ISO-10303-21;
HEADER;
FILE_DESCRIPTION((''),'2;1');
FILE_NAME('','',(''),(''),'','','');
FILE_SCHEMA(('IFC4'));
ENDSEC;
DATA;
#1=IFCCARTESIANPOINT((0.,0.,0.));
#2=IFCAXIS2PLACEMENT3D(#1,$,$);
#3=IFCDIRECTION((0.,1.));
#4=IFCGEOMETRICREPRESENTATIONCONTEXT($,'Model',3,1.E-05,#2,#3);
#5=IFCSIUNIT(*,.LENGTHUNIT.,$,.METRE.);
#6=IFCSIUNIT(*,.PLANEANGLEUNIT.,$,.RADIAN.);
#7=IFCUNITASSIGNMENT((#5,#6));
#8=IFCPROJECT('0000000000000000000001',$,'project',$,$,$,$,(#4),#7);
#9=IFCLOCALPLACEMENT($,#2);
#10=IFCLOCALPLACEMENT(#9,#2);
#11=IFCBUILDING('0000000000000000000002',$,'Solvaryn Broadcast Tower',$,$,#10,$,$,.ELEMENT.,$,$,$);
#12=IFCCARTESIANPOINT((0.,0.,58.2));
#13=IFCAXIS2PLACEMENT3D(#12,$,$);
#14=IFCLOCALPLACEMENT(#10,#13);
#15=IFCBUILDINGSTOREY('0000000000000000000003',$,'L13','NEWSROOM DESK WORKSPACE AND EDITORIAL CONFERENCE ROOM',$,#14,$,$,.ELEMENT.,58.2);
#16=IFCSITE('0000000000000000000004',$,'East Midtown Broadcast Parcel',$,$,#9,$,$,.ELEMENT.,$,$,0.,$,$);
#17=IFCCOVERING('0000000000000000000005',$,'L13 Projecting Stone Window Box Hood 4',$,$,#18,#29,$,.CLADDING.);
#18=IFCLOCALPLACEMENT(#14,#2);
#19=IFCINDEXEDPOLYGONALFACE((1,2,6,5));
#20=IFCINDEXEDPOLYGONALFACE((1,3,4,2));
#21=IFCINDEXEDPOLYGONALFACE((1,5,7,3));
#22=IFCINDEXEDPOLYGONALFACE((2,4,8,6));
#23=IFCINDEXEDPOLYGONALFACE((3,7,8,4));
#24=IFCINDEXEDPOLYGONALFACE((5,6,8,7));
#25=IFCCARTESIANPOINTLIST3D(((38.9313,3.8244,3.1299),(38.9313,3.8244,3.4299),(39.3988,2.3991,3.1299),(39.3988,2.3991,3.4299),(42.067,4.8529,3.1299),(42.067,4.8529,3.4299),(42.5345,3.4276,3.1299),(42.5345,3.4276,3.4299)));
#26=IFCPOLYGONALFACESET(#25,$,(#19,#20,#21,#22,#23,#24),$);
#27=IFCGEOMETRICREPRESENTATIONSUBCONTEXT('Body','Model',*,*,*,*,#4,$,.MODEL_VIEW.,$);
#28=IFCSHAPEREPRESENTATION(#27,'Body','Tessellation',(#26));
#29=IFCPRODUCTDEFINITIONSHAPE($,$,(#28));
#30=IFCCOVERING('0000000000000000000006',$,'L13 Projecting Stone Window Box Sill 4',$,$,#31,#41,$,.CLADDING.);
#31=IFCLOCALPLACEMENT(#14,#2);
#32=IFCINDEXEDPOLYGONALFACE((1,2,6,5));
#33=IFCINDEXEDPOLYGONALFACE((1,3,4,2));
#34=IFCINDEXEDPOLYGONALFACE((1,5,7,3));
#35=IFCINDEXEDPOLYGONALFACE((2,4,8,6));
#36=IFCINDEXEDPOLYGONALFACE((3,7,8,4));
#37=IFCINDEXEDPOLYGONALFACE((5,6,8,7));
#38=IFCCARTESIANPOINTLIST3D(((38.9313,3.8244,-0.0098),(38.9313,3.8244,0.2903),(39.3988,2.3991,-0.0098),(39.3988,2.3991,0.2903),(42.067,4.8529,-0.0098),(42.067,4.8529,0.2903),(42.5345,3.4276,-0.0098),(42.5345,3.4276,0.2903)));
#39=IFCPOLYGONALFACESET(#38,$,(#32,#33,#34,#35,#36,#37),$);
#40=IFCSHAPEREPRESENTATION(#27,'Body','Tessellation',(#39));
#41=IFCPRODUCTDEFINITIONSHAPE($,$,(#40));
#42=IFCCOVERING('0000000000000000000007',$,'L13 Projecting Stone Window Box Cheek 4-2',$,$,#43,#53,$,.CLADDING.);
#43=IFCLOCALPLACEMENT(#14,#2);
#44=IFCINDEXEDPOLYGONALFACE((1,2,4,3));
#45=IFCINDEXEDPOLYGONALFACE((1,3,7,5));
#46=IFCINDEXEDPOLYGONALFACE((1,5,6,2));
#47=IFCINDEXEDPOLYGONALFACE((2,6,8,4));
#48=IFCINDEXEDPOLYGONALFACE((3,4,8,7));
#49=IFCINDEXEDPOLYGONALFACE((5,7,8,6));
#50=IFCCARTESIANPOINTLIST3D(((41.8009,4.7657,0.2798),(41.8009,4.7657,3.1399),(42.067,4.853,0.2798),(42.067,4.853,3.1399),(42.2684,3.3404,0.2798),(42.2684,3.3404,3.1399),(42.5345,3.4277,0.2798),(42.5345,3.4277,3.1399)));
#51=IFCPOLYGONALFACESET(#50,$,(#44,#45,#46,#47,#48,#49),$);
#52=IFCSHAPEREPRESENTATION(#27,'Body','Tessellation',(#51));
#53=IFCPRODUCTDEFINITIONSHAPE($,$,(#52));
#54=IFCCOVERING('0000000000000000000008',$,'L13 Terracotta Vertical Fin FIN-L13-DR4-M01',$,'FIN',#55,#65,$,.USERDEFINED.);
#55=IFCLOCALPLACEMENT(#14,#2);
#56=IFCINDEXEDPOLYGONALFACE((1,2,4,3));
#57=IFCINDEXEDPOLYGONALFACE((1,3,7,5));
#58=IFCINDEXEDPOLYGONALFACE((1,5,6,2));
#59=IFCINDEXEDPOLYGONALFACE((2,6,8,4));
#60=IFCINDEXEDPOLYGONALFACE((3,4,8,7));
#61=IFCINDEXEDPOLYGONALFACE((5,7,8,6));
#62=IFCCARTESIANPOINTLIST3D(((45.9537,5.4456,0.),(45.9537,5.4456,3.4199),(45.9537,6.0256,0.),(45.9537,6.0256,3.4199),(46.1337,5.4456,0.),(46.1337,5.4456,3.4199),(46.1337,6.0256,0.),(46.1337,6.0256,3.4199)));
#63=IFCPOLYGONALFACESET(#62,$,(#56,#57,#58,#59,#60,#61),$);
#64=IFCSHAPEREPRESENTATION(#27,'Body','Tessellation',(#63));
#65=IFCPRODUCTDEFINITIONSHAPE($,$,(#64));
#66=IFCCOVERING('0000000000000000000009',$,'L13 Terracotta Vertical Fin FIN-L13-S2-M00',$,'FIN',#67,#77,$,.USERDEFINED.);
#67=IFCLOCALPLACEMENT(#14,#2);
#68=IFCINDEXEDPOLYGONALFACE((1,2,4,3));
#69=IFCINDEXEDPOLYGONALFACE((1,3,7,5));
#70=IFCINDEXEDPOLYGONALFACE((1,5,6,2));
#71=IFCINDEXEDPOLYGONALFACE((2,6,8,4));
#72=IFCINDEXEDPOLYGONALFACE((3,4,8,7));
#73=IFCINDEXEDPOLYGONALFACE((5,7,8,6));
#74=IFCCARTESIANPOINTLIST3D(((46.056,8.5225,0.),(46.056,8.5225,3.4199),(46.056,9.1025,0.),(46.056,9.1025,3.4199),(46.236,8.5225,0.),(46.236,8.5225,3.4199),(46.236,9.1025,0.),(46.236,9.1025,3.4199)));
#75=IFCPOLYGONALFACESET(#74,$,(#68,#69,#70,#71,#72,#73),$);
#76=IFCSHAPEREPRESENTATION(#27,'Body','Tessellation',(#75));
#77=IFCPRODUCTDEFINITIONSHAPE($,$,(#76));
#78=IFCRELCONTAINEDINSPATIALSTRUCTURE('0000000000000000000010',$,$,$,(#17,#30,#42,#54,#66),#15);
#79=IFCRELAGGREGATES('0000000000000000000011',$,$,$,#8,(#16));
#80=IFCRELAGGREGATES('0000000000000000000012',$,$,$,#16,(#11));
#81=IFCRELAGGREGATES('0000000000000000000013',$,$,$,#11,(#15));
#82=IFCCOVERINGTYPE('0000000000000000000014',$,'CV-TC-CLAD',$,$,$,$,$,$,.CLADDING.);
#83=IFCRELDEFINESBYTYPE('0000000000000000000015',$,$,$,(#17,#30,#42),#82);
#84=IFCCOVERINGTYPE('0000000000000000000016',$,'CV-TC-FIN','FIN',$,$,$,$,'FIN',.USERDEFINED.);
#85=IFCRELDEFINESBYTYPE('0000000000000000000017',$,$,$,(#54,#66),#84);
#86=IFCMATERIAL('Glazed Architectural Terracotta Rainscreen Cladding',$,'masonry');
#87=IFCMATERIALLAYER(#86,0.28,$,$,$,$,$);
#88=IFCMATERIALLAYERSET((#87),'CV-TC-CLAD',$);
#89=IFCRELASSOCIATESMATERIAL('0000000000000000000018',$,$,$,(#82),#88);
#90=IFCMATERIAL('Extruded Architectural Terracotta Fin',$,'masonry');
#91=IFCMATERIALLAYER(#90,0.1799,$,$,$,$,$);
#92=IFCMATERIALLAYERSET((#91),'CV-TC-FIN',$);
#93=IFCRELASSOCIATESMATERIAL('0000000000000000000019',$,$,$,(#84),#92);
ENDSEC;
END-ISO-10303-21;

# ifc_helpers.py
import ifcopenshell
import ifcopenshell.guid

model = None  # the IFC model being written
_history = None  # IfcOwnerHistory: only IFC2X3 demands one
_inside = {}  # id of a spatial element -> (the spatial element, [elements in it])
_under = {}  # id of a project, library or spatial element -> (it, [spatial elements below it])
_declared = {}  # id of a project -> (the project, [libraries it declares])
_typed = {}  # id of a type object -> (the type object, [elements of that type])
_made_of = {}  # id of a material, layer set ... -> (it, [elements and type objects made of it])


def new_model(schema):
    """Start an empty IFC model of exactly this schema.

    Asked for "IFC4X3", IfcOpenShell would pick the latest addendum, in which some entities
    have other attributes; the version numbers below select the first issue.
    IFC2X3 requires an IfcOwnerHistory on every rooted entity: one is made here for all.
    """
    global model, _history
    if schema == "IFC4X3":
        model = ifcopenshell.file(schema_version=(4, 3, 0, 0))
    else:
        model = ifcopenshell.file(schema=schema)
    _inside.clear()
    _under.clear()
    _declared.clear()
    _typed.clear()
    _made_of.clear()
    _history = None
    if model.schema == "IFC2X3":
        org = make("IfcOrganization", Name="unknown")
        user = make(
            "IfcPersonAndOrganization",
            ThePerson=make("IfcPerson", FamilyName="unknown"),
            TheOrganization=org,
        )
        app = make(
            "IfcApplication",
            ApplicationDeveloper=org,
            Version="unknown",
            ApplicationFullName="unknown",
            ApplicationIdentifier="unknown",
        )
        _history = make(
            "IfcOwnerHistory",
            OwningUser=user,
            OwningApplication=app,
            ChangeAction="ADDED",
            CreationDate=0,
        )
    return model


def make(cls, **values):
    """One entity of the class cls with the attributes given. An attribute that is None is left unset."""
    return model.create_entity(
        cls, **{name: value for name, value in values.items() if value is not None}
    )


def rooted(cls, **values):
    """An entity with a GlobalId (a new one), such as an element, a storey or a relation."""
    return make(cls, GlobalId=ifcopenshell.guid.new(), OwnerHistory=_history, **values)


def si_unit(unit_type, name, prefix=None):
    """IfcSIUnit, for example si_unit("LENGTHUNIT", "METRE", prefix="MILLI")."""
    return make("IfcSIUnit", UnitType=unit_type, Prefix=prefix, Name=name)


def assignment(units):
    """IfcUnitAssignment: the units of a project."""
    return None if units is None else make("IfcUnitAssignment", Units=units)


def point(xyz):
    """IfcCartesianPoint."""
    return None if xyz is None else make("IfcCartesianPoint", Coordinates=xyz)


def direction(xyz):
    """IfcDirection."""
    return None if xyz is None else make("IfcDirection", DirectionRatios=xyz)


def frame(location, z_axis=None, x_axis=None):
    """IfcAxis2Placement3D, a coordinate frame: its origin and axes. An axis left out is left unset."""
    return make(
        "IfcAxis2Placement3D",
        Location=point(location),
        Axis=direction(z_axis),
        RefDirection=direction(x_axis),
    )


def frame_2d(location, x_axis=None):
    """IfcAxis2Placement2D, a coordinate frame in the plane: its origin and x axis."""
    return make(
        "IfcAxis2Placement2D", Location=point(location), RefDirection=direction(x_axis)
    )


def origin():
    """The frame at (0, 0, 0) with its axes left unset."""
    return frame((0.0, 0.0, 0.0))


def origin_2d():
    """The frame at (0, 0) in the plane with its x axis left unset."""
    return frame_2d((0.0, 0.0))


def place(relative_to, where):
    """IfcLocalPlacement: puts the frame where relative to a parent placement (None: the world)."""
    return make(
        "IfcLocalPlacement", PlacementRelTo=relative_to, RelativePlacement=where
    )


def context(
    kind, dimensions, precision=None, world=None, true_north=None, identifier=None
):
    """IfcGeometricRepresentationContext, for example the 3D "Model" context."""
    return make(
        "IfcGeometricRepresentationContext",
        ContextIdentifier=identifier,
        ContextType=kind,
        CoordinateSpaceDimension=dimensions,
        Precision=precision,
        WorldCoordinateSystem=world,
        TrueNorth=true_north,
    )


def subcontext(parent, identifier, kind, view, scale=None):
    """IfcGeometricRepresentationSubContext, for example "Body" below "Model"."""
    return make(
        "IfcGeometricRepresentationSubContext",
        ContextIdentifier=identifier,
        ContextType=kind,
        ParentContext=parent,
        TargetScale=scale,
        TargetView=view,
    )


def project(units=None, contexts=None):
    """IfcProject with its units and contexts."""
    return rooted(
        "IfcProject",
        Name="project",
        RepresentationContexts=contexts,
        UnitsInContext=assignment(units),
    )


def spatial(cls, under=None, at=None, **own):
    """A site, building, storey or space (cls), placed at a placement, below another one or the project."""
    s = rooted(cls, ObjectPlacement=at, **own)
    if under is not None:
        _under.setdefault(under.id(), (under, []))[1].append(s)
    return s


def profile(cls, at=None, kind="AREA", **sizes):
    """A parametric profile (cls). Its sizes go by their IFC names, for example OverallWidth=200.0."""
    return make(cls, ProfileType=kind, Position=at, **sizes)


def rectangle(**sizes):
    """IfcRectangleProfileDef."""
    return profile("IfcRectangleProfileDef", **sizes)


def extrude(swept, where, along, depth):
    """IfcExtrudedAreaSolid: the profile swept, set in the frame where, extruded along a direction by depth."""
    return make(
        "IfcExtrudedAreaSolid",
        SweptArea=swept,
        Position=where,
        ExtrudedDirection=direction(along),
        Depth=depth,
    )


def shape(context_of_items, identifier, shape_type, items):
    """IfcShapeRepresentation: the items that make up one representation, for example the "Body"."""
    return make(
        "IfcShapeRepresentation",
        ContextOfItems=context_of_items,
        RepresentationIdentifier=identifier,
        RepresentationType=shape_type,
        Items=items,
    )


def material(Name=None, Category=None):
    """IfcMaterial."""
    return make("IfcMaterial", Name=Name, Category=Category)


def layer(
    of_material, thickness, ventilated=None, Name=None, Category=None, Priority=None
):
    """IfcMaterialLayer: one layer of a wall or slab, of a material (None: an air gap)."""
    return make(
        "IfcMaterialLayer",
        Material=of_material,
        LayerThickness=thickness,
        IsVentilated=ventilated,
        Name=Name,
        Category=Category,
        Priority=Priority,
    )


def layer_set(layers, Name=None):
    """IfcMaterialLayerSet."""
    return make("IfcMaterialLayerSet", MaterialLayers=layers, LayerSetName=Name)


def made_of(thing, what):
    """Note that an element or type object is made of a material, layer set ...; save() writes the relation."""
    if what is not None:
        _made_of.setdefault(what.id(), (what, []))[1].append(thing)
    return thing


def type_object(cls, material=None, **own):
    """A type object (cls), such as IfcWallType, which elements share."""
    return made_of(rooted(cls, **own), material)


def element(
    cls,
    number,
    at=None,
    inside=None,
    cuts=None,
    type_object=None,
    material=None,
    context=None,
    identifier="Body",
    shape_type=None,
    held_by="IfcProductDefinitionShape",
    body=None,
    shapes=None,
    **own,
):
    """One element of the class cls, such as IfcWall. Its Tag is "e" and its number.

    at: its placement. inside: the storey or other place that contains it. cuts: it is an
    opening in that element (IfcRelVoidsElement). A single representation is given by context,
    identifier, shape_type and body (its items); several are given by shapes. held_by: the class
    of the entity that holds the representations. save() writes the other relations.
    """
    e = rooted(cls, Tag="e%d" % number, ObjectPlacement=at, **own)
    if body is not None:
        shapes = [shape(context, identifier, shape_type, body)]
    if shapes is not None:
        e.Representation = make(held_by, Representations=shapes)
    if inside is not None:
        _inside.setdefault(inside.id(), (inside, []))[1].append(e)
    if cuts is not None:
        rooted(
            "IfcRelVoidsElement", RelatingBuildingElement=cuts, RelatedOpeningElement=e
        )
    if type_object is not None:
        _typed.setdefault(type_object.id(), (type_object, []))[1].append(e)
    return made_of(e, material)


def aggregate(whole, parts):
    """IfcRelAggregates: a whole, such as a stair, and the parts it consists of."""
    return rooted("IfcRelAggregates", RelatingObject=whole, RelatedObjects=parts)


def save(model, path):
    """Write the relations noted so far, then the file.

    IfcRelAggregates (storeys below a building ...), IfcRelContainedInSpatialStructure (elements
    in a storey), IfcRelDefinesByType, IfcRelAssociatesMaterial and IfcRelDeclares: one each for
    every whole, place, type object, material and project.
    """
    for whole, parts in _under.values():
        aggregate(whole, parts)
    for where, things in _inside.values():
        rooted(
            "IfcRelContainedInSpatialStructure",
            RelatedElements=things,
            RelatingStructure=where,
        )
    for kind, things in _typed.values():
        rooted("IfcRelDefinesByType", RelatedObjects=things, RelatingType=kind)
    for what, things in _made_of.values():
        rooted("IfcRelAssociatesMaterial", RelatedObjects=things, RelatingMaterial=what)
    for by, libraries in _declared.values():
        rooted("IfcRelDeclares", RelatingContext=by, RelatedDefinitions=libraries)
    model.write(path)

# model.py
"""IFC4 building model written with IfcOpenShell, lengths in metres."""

from ifc_helpers import new_model, si_unit, direction, frame, origin, origin_2d, place, context, subcontext, project, spatial, rectangle, extrude, material, layer, layer_set, type_object, element, save


model = new_model("IFC4")

# Units and contexts
model_context = context("Model", 3, precision=1e-05, world=origin(), true_north=direction((0.0, 1.0)))
body_context = subcontext(model_context, "Body", "Model", "MODEL_VIEW")
ifc_project = project(units=[si_unit("LENGTHUNIT", "METRE"), si_unit("PLANEANGLEUNIT", "RADIAN")], contexts=[model_context])

# Site, building, storey
site_placement = place(None, origin())
site = spatial("IfcSite", under=ifc_project, at=site_placement, Name="East Midtown Broadcast Parcel", CompositionType="ELEMENT", RefElevation=0.0)
building_placement = place(site_placement, origin())
building = spatial("IfcBuilding", under=site, at=building_placement, Name="Solvaryn Broadcast Tower", CompositionType="ELEMENT")
storey_placement = place(building_placement, frame((0.0, 0.0, 58.2)))
storey = spatial("IfcBuildingStorey", under=building, at=storey_placement, Name="L13", Description="NEWSROOM DESK WORKSPACE AND EDITORIAL CONFERENCE ROOM", CompositionType="ELEMENT", Elevation=58.2)

# Coverings
ifc_material_1 = material(Name="Glazed Architectural Terracotta Rainscreen Cladding", Category="masonry")
ifc_layer_1 = layer(ifc_material_1, 0.28)
ifc_layer_set_1 = layer_set([ifc_layer_1], Name="CV-TC-CLAD")
covering_type_1 = type_object("IfcCoveringType", Name="CV-TC-CLAD", PredefinedType="CLADDING", material=ifc_layer_set_1)
for number, where, z_axis, x_axis, name in (
    (1, (40.7329, 3.626, 3.1299), (0.0, 0.0, 1.0), (0.95019, 0.311672, 0.0), "L13 Projecting Stone Window Box Hood 4"),
    (2, (40.7329, 3.626, -0.0098), (0.0, 0.0, 1.0), (0.95019, 0.311672, 0.0), "L13 Projecting Stone Window Box Sill 4"),
):
    element("IfcCovering", number, at=place(storey_placement, frame(where, z_axis=z_axis, x_axis=x_axis)), inside=storey, type_object=covering_type_1, Name=name, PredefinedType="CLADDING", context=body_context, shape_type="SweptSolid", body=[
        extrude(rectangle(XDim=3.3, YDim=1.5, at=origin_2d()), origin(), (0.0, 0.0, 1.0), 0.3),
    ])
covering_placement = place(storey_placement, frame((42.1677, 4.0967, 0.2798), z_axis=(0.0, 0.0, 1.0), x_axis=(0.95019, 0.311672, 0.0)))
element("IfcCovering", 3, at=covering_placement, inside=storey, type_object=covering_type_1, Name="L13 Projecting Stone Window Box Cheek 4-2", PredefinedType="CLADDING", context=body_context, shape_type="SweptSolid", body=[
    extrude(rectangle(XDim=0.28, YDim=1.5, at=origin_2d()), origin(), (0.0, 0.0, 1.0), 2.8601),
])
ifc_material_2 = material(Name="Extruded Architectural Terracotta Fin", Category="masonry")
ifc_layer_2 = layer(ifc_material_2, 0.1799)
ifc_layer_set_2 = layer_set([ifc_layer_2], Name="CV-TC-FIN")
covering_type_2 = type_object("IfcCoveringType", Name="CV-TC-FIN", Description="FIN", ElementType="FIN", PredefinedType="USERDEFINED", material=ifc_layer_set_2)
for number, where, z_axis, x_axis, name in (
    (4, (46.0437, 5.7356, 0.0), (0.0, 0.0, 1.0), (1.0, 0.0, 0.0), "L13 Terracotta Vertical Fin FIN-L13-DR4-M01"),
    (5, (46.146, 8.8125, 0.0), (0.0, 0.0, 1.0), (1.0, 0.0, 0.0), "L13 Terracotta Vertical Fin FIN-L13-S2-M00"),
):
    element("IfcCovering", number, at=place(storey_placement, frame(where, z_axis=z_axis, x_axis=x_axis)), inside=storey, type_object=covering_type_2, Name=name, ObjectType="FIN", PredefinedType="USERDEFINED", context=body_context, shape_type="SweptSolid", body=[
        extrude(rectangle(XDim=0.1799, YDim=0.5801, at=origin_2d()), origin(), (0.0, 0.0, 1.0), 3.4199),
    ])

save(model, "model.ifc")
